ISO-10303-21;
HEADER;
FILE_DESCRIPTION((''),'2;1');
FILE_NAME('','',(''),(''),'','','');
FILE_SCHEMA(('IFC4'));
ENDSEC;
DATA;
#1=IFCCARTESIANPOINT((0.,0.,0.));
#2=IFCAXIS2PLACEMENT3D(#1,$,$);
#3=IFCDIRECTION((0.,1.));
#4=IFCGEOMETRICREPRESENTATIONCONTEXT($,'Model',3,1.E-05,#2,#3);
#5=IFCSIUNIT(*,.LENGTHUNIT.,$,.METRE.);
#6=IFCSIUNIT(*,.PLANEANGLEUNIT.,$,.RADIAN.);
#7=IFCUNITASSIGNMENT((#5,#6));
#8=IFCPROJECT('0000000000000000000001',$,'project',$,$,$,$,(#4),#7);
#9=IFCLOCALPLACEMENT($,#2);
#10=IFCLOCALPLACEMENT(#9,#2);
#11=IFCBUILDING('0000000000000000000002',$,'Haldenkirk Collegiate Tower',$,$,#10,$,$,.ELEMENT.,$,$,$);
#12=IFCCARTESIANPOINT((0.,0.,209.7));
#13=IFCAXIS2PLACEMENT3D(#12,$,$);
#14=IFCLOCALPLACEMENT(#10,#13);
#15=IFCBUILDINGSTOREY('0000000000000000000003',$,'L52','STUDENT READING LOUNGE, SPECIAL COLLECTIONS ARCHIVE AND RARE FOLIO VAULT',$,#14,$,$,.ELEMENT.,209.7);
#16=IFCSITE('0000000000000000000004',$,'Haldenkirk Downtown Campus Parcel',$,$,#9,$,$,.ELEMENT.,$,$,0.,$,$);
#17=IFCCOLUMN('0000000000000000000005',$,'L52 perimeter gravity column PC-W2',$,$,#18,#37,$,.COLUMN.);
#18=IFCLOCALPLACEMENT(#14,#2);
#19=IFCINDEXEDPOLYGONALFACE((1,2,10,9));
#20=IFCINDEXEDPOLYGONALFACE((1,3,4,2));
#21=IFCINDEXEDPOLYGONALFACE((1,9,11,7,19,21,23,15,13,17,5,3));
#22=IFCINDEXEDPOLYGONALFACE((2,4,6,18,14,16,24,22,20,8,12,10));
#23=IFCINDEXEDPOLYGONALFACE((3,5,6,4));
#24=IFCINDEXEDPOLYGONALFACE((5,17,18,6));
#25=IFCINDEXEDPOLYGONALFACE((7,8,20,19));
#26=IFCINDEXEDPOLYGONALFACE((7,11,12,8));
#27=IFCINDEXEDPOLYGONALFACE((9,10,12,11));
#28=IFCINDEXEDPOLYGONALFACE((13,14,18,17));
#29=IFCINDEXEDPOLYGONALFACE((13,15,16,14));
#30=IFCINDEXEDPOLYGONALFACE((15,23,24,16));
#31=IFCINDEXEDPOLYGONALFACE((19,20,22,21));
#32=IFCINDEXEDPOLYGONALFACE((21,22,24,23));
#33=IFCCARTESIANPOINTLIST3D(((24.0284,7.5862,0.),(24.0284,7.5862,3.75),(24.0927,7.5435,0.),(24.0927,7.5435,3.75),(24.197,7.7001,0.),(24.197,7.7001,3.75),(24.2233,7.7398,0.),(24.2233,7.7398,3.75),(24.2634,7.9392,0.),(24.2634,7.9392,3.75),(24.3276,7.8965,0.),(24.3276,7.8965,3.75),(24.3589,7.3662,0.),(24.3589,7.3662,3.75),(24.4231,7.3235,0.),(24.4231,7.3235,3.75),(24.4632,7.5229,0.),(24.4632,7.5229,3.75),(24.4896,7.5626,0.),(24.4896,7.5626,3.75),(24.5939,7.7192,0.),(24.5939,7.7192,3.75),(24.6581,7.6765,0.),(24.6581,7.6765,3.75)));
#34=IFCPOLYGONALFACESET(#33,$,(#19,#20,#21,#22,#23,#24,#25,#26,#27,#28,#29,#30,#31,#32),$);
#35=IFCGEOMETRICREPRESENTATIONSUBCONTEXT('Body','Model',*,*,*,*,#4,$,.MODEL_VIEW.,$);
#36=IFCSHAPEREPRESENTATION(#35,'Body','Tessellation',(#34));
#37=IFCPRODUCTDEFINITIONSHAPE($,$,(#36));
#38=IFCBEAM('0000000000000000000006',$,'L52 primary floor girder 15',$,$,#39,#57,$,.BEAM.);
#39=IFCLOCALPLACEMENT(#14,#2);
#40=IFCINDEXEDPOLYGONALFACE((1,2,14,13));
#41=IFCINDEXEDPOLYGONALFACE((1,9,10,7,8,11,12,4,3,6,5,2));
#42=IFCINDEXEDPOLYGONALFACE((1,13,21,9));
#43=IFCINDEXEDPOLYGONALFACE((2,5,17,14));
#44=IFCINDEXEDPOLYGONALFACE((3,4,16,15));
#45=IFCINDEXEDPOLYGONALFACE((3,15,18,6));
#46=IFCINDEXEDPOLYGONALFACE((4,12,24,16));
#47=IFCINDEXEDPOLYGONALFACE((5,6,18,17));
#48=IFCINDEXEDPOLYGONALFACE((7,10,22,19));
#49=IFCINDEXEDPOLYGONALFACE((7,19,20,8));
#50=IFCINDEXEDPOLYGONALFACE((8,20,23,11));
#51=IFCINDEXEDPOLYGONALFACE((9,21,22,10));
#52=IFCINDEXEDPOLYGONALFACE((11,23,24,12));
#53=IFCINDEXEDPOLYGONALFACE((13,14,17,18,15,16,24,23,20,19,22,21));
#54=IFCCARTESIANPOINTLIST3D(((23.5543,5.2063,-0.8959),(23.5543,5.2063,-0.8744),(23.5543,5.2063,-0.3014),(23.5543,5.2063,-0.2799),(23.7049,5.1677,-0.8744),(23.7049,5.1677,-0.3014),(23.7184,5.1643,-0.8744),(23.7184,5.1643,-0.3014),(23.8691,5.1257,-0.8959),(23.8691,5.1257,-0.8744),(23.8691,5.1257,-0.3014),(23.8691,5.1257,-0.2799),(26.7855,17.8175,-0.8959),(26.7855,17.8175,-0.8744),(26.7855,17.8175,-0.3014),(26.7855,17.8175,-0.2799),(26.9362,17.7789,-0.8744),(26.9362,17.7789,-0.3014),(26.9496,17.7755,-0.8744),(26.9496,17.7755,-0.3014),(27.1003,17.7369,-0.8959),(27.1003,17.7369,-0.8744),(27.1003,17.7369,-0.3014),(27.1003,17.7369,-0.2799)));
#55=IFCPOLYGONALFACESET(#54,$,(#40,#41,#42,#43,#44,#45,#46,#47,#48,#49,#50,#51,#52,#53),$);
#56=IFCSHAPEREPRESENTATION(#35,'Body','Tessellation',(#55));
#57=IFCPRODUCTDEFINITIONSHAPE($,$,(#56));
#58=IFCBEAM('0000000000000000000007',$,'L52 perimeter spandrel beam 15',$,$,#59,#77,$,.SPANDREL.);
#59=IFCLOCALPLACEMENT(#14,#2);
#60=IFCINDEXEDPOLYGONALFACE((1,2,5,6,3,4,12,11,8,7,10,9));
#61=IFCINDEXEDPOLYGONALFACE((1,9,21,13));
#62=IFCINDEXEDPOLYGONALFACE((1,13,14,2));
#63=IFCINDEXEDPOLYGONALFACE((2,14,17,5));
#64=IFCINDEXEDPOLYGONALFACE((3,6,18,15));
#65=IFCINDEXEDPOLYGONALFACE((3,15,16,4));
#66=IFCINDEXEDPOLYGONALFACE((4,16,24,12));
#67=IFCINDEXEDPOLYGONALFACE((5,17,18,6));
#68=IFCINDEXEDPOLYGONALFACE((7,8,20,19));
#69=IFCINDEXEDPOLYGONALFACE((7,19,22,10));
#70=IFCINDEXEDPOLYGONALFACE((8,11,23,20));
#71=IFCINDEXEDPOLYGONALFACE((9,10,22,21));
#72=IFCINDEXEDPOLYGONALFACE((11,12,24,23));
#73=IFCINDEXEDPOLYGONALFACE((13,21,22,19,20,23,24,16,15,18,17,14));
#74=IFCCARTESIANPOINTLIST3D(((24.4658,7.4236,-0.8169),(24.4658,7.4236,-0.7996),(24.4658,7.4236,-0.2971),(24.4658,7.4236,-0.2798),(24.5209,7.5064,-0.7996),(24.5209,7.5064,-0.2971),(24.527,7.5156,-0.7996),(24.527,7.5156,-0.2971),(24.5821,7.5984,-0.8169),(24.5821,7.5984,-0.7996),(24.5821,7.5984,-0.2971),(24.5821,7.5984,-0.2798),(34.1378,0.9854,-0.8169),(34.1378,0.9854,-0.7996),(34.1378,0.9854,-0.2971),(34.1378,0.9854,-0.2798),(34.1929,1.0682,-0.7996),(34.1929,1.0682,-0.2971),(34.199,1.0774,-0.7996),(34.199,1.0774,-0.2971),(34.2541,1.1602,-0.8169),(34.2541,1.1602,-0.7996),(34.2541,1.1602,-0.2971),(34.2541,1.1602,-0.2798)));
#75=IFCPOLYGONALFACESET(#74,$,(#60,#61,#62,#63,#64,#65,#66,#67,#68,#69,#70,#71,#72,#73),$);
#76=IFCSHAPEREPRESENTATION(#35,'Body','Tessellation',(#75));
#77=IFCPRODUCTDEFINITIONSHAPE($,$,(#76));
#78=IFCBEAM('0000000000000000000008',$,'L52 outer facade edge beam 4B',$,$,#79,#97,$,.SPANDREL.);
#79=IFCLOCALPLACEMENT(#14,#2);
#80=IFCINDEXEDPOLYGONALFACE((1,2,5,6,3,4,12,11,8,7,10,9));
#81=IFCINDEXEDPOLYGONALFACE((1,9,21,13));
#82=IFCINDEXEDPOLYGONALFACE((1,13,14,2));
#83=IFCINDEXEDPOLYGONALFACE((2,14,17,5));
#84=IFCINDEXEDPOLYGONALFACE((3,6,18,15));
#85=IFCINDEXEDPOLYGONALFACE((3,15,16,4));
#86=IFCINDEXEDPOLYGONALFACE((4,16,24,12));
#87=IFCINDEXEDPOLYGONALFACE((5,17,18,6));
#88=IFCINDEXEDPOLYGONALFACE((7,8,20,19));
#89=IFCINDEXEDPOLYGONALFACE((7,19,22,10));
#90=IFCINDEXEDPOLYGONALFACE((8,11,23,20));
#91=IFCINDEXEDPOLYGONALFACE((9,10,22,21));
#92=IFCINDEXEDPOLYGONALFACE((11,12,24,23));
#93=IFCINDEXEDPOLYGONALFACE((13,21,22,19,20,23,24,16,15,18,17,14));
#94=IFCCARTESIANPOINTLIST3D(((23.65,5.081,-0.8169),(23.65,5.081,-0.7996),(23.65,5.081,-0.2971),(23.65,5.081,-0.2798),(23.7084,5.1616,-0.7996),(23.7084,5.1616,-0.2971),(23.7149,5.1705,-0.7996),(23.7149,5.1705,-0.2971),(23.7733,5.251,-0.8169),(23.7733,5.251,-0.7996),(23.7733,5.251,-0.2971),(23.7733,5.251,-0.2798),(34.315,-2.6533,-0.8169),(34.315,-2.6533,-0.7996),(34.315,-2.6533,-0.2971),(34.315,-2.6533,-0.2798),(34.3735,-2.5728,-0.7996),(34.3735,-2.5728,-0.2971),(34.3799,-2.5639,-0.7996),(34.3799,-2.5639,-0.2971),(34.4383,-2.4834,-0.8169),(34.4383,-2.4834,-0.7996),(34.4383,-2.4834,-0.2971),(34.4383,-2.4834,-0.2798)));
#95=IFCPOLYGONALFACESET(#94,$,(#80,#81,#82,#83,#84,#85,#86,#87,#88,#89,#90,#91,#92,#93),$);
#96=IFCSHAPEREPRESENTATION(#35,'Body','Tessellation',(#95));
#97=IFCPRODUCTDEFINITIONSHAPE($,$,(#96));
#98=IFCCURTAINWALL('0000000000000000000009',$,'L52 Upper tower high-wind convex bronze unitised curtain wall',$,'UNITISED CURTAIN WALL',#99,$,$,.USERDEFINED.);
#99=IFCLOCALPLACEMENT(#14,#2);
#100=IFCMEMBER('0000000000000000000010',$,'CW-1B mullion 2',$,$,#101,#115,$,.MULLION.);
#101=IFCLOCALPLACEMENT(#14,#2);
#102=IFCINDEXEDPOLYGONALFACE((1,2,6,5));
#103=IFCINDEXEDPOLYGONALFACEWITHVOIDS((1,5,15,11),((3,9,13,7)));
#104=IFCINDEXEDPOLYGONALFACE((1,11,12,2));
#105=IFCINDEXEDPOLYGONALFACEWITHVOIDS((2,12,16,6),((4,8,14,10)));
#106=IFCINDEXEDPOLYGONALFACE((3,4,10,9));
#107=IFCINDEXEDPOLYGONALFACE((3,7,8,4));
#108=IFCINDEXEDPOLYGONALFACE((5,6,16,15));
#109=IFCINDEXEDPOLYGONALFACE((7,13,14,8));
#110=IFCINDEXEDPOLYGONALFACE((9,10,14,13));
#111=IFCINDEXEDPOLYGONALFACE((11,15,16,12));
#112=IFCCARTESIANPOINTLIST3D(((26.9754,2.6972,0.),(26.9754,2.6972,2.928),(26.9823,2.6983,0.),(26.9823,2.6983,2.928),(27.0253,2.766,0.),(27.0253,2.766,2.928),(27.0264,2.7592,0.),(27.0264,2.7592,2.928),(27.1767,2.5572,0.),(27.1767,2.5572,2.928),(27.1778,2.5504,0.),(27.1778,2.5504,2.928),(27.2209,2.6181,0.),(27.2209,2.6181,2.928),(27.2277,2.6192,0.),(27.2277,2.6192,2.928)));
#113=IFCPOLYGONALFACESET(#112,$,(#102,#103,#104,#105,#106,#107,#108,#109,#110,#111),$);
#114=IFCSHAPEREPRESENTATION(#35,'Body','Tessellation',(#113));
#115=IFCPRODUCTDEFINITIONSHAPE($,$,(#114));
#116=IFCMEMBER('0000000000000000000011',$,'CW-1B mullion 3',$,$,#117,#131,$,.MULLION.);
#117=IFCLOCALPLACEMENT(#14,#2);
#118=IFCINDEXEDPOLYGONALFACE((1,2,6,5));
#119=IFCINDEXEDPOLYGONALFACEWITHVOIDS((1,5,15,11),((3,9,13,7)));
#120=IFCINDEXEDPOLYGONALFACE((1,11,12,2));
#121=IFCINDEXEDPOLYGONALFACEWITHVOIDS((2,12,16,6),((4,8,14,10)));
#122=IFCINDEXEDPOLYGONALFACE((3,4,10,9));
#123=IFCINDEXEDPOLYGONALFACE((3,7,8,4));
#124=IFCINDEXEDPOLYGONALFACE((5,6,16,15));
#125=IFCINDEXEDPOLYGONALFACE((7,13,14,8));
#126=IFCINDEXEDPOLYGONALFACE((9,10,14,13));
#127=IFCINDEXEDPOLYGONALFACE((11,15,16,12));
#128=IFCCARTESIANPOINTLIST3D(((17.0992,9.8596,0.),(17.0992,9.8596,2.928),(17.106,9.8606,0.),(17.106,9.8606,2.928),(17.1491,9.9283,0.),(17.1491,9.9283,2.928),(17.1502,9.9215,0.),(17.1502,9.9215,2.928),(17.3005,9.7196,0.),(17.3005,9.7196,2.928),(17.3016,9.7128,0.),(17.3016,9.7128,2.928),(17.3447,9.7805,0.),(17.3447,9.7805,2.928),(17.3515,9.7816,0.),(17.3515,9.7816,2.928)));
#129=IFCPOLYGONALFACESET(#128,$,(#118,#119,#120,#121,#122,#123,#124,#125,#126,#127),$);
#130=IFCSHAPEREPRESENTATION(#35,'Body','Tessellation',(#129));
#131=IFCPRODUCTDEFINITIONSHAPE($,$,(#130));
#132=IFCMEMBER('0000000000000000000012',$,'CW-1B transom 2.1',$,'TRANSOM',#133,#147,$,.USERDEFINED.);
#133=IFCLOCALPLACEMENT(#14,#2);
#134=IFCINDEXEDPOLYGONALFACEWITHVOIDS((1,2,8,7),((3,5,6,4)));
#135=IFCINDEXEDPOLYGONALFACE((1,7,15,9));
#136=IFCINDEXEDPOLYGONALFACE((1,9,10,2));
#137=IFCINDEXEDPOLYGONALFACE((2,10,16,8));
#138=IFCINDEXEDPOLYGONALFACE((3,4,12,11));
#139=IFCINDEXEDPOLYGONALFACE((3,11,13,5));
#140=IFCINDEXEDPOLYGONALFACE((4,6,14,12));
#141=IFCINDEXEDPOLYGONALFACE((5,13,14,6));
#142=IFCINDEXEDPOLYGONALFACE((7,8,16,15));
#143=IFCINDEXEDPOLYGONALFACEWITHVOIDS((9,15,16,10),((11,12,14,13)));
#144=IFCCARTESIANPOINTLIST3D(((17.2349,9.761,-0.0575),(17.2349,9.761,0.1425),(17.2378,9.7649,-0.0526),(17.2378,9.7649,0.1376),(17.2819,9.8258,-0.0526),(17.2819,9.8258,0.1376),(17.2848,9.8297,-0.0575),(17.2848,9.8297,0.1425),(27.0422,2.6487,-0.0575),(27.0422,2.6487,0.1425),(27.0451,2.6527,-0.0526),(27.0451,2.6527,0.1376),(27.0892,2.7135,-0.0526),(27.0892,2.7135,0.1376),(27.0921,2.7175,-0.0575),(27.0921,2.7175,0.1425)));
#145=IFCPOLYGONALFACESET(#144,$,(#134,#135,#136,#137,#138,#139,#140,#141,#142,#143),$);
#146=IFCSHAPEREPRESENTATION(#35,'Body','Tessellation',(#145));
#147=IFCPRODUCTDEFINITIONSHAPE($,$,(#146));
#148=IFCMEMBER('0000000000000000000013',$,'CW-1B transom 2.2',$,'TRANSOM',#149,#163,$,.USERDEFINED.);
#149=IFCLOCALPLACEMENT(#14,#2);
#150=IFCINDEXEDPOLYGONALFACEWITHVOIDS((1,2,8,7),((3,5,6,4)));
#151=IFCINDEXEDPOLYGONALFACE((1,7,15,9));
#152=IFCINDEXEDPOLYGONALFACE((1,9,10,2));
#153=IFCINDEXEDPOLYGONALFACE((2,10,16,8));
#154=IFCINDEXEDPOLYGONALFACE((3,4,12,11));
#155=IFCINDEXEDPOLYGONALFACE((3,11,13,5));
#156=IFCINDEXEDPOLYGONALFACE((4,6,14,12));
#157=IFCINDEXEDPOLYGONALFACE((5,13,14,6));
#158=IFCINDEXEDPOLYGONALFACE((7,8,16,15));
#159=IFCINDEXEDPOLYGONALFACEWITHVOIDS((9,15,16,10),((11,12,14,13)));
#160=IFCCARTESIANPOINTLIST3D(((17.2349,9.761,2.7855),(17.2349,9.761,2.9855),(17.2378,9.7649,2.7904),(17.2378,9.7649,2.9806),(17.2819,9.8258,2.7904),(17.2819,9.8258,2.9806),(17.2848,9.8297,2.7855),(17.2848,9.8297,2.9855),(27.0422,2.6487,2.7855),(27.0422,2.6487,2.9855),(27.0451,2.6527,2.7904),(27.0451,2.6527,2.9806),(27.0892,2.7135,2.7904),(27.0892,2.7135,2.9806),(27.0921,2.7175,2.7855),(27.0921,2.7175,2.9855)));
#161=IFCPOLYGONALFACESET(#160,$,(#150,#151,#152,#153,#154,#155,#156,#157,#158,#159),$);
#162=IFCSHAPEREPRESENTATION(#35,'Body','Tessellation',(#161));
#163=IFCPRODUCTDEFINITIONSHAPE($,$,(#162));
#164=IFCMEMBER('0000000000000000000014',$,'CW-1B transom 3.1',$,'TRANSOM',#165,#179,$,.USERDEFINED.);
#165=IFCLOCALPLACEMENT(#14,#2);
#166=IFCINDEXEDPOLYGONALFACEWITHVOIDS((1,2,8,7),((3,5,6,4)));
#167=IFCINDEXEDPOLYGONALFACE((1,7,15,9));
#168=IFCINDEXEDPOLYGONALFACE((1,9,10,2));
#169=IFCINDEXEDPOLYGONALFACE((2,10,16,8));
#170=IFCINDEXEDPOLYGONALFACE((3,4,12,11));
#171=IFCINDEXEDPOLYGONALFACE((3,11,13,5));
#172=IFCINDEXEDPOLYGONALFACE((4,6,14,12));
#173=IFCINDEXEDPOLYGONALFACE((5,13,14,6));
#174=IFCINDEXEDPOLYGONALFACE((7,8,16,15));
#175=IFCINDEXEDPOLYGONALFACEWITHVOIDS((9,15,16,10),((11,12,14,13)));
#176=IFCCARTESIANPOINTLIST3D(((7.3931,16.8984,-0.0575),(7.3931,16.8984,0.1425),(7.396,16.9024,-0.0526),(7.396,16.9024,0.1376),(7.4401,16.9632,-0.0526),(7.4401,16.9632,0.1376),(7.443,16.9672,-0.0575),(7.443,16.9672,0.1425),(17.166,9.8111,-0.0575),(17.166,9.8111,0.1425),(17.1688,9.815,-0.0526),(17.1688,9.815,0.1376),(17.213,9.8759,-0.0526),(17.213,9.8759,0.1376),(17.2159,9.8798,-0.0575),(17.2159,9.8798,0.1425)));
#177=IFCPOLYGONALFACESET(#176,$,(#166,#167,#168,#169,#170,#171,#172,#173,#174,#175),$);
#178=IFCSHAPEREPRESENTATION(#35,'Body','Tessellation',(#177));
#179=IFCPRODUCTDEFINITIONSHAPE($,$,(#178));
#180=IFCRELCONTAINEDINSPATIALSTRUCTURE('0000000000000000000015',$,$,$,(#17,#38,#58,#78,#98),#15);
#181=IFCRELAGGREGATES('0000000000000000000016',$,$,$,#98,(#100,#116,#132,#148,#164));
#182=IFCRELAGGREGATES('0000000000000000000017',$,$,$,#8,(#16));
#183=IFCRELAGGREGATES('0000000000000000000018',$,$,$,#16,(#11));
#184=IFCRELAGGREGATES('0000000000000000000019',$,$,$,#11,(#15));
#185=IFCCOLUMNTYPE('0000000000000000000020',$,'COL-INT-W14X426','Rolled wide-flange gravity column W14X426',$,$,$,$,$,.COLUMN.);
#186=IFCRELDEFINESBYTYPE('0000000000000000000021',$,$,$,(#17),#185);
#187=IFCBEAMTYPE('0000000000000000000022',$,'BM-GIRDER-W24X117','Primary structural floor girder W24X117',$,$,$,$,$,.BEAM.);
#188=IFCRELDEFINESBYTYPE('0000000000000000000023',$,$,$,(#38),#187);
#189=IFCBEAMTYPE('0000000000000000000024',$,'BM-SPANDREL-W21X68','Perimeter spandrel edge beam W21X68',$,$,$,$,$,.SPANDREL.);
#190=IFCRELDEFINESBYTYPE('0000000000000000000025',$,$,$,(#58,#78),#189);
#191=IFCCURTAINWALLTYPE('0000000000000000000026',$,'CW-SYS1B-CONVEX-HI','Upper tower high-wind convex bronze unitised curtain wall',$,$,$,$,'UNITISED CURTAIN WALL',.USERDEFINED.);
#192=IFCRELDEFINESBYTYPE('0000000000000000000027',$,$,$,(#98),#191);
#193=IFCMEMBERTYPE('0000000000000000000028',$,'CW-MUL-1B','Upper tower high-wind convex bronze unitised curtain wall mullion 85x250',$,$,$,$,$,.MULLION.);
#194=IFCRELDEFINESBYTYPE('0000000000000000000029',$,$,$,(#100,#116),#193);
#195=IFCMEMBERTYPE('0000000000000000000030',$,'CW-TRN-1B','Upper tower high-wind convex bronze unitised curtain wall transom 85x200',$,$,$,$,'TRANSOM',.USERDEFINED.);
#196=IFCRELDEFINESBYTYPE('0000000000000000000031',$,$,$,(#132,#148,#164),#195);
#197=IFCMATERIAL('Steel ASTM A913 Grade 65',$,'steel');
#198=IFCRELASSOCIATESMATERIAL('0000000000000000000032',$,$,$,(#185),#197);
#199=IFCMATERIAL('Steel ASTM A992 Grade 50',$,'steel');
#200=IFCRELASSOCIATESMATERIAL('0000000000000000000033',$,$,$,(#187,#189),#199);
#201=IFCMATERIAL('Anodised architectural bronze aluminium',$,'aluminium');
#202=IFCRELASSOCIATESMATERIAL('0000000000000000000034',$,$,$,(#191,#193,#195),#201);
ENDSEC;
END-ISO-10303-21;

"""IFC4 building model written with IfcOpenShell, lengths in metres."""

from ifc_helpers import new_model, si_unit, direction, frame, origin, origin_2d, place, context, subcontext, project, spatial, hollow_rectangle, i_section, extrude, material, material_profile, profile_set, type_object, element, aggregate, save


model = new_model("IFC4")

# Units and contexts
model_context = context("Model", 3, precision=1e-05, world=origin(), true_north=direction((0.0, 1.0)))
body_context = subcontext(model_context, "Body", "Model", "MODEL_VIEW")
ifc_project = project(units=[si_unit("LENGTHUNIT", "METRE"), si_unit("PLANEANGLEUNIT", "RADIAN")], contexts=[model_context])

# Site, building, storey
site_placement = place(None, origin())
site = spatial("IfcSite", under=ifc_project, at=site_placement, Name="Haldenkirk Downtown Campus Parcel", CompositionType="ELEMENT", RefElevation=0.0)
building_placement = place(site_placement, origin())
building = spatial("IfcBuilding", under=site, at=building_placement, Name="Haldenkirk Collegiate Tower", CompositionType="ELEMENT")
storey_placement = place(building_placement, frame((0.0, 0.0, 209.7)))
storey = spatial("IfcBuildingStorey", under=building, at=storey_placement, Name="L52", Description="STUDENT READING LOUNGE, SPECIAL COLLECTIONS ARCHIVE AND RARE FOLIO VAULT", CompositionType="ELEMENT", Elevation=209.7)

# Column
ifc_material_1 = material(Name="Steel ASTM A913 Grade 65", Category="steel")
ifc_material_profile_1 = material_profile(ifc_material_1, i_section(OverallWidth=0.4241, OverallDepth=0.4741, WebThickness=0.0476, FlangeThickness=0.0771, at=origin_2d()), Name="W14X426")
ifc_profile_set_1 = profile_set([ifc_material_profile_1], Name="Steel ASTM A913 Grade 65")
column_type = type_object("IfcColumnType", Name="COL-INT-W14X426", Description="Rolled wide-flange gravity column W14X426", PredefinedType="COLUMN", material=ifc_profile_set_1)
column_placement = place(storey_placement, frame((24.3433, 7.6313, 0.0), z_axis=(0.0, 0.0, 1.0), x_axis=(0.554118, 0.832438, 0.0)))
element("IfcColumn", 1, at=column_placement, inside=storey, type_object=column_type, Name="L52 perimeter gravity column PC-W2", PredefinedType="COLUMN", context=body_context, shape_type="SweptSolid", body=[
    extrude(i_section(OverallWidth=0.4241, OverallDepth=0.4741, WebThickness=0.0476, FlangeThickness=0.0771, at=origin_2d()), origin(), (0.0, 0.0, 1.0), 3.75),
])

# Beams
ifc_material_2 = material(Name="Steel ASTM A992 Grade 50", Category="steel")
ifc_material_profile_2 = material_profile(ifc_material_2, i_section(OverallWidth=0.325, OverallDepth=0.616, WebThickness=0.0139, FlangeThickness=0.0215, at=origin_2d()), Name="W24X117")
ifc_profile_set_2 = profile_set([ifc_material_profile_2], Name="Steel ASTM A992 Grade 50")
beam_type_1 = type_object("IfcBeamType", Name="BM-GIRDER-W24X117", Description="Primary structural floor girder W24X117", PredefinedType="BEAM", material=ifc_profile_set_2)
beam_1_placement = place(storey_placement, frame((23.7117, 5.166, -0.5879), z_axis=(0.248202, 0.968708, 0.0), x_axis=(-0.968708, 0.248202, 0.0)))
element("IfcBeam", 2, at=beam_1_placement, inside=storey, type_object=beam_type_1, Name="L52 primary floor girder 15", PredefinedType="BEAM", context=body_context, shape_type="SweptSolid", body=[
    extrude(i_section(OverallWidth=0.325, OverallDepth=0.616, WebThickness=0.0139, FlangeThickness=0.0215, at=origin_2d()), origin(), (0.0, 0.0, 1.0), 13.0186),
])
ifc_material_profile_3 = material_profile(ifc_material_2, i_section(OverallWidth=0.21, OverallDepth=0.5371, WebThickness=0.011, FlangeThickness=0.0173, at=origin_2d()), Name="W21X68")
ifc_profile_set_3 = profile_set([ifc_material_profile_3], Name="Steel ASTM A992 Grade 50")
beam_type_2 = type_object("IfcBeamType", Name="BM-SPANDREL-W21X68", Description="Perimeter spandrel edge beam W21X68", PredefinedType="SPANDREL", material=ifc_profile_set_3)
beam_2_placement = place(storey_placement, frame((24.5239, 7.511, -0.5483), z_axis=(0.832441, -0.554113, 0.0), x_axis=(0.554113, 0.832441, 0.0)))
element("IfcBeam", 3, at=beam_2_placement, inside=storey, type_object=beam_type_2, Name="L52 perimeter spandrel beam 15", PredefinedType="SPANDREL", context=body_context, shape_type="SweptSolid", body=[
    extrude(i_section(OverallWidth=0.21, OverallDepth=0.5371, WebThickness=0.011, FlangeThickness=0.0173, at=origin_2d()), origin(), (0.0, 0.0, 1.0), 11.6189),
])
beam_3_placement = place(storey_placement, frame((23.7117, 5.166, -0.5483), z_axis=(0.80953, -0.587078, 0.0), x_axis=(0.587078, 0.80953, 0.0)))
element("IfcBeam", 4, at=beam_3_placement, inside=storey, type_object=beam_type_2, Name="L52 outer facade edge beam 4B", PredefinedType="SPANDREL", context=body_context, shape_type="SweptSolid", body=[
    extrude(i_section(OverallWidth=0.21, OverallDepth=0.5371, WebThickness=0.011, FlangeThickness=0.0173, at=origin_2d()), origin(), (0.0, 0.0, 1.0), 13.1743),
])

# Curtain wall, members
ifc_material_3 = material(Name="Anodised architectural bronze aluminium", Category="aluminium")
curtain_wall_type = type_object("IfcCurtainWallType", Name="CW-SYS1B-CONVEX-HI", Description="Upper tower high-wind convex bronze unitised curtain wall", ElementType="UNITISED CURTAIN WALL", PredefinedType="USERDEFINED", material=ifc_material_3)
curtain_wall_placement = place(storey_placement, origin())
curtain_wall = element("IfcCurtainWall", 5, at=curtain_wall_placement, inside=storey, type_object=curtain_wall_type, Name="L52 Upper tower high-wind convex bronze unitised curtain wall", ObjectType="UNITISED CURTAIN WALL", PredefinedType="USERDEFINED")
ifc_material_profile_4 = material_profile(ifc_material_3, hollow_rectangle(XDim=0.085, YDim=0.25, WallThickness=0.0049, at=origin_2d()), Name="CW-MUL-1B")
ifc_profile_set_4 = profile_set([ifc_material_profile_4], Name="Anodised architectural bronze aluminium")
member_type_1 = type_object("IfcMemberType", Name="CW-MUL-1B", Description="Upper tower high-wind convex bronze unitised curtain wall mullion 85x250", PredefinedType="MULLION", material=ifc_profile_set_4)
member_1_placement = place(storey_placement, frame((27.1016, 2.6582, 0.0), z_axis=(0.0, 0.0, 1.0), x_axis=(-0.587077, -0.809531, 0.0)))
member_1 = element("IfcMember", 6, at=member_1_placement, type_object=member_type_1, Name="CW-1B mullion 2", PredefinedType="MULLION", context=body_context, shape_type="SweptSolid", body=[
    extrude(hollow_rectangle(XDim=0.085, YDim=0.25, WallThickness=0.0049, at=origin_2d()), origin(), (0.0, 0.0, 1.0), 2.928),
])
member_2_placement = place(storey_placement, frame((17.2253, 9.8206, 0.0), z_axis=(0.0, 0.0, 1.0), x_axis=(-0.587077, -0.809531, 0.0)))
member_2 = element("IfcMember", 7, at=member_2_placement, type_object=member_type_1, Name="CW-1B mullion 3", PredefinedType="MULLION", context=body_context, shape_type="SweptSolid", body=[
    extrude(hollow_rectangle(XDim=0.085, YDim=0.25, WallThickness=0.0049, at=origin_2d()), origin(), (0.0, 0.0, 1.0), 2.928),
])
ifc_material_profile_5 = material_profile(ifc_material_3, hollow_rectangle(XDim=0.085, YDim=0.2, WallThickness=0.0049, at=origin_2d()), Name="CW-TRN-1B")
ifc_profile_set_5 = profile_set([ifc_material_profile_5], Name="Anodised architectural bronze aluminium")
member_type_2 = type_object("IfcMemberType", Name="CW-TRN-1B", Description="Upper tower high-wind convex bronze unitised curtain wall transom 85x200", ElementType="TRANSOM", PredefinedType="USERDEFINED", material=ifc_profile_set_5)
member_3_placement = place(storey_placement, frame((27.0671, 2.6831, 0.0425), z_axis=(-0.809534, 0.587074, 0.0), x_axis=(-0.587074, -0.809534, 0.0)))
member_3 = element("IfcMember", 8, at=member_3_placement, type_object=member_type_2, Name="CW-1B transom 2.1", ObjectType="TRANSOM", PredefinedType="USERDEFINED", context=body_context, shape_type="SweptSolid", body=[
    extrude(hollow_rectangle(XDim=0.085, YDim=0.2, WallThickness=0.0049, at=origin_2d()), origin(), (0.0, 0.0, 1.0), 12.1147),
])
member_4_placement = place(storey_placement, frame((27.0671, 2.6831, 2.8855), z_axis=(-0.809534, 0.587074, 0.0), x_axis=(-0.587074, -0.809534, 0.0)))
member_4 = element("IfcMember", 9, at=member_4_placement, type_object=member_type_2, Name="CW-1B transom 2.2", ObjectType="TRANSOM", PredefinedType="USERDEFINED", context=body_context, shape_type="SweptSolid", body=[
    extrude(hollow_rectangle(XDim=0.085, YDim=0.2, WallThickness=0.0049, at=origin_2d()), origin(), (0.0, 0.0, 1.0), 12.1147),
])
member_5_placement = place(storey_placement, frame((17.1909, 9.8455, 0.0425), z_axis=(-0.809531, 0.587077, 0.0), x_axis=(-0.587077, -0.809531, 0.0)))
member_5 = element("IfcMember", 10, at=member_5_placement, type_object=member_type_2, Name="CW-1B transom 3.1", ObjectType="TRANSOM", PredefinedType="USERDEFINED", context=body_context, shape_type="SweptSolid", body=[
    extrude(hollow_rectangle(XDim=0.085, YDim=0.2, WallThickness=0.0049, at=origin_2d()), origin(), (0.0, 0.0, 1.0), 12.0723),
])
aggregate(curtain_wall, [member_1, member_2, member_3, member_4, member_5])

save(model, "model.ifc")
